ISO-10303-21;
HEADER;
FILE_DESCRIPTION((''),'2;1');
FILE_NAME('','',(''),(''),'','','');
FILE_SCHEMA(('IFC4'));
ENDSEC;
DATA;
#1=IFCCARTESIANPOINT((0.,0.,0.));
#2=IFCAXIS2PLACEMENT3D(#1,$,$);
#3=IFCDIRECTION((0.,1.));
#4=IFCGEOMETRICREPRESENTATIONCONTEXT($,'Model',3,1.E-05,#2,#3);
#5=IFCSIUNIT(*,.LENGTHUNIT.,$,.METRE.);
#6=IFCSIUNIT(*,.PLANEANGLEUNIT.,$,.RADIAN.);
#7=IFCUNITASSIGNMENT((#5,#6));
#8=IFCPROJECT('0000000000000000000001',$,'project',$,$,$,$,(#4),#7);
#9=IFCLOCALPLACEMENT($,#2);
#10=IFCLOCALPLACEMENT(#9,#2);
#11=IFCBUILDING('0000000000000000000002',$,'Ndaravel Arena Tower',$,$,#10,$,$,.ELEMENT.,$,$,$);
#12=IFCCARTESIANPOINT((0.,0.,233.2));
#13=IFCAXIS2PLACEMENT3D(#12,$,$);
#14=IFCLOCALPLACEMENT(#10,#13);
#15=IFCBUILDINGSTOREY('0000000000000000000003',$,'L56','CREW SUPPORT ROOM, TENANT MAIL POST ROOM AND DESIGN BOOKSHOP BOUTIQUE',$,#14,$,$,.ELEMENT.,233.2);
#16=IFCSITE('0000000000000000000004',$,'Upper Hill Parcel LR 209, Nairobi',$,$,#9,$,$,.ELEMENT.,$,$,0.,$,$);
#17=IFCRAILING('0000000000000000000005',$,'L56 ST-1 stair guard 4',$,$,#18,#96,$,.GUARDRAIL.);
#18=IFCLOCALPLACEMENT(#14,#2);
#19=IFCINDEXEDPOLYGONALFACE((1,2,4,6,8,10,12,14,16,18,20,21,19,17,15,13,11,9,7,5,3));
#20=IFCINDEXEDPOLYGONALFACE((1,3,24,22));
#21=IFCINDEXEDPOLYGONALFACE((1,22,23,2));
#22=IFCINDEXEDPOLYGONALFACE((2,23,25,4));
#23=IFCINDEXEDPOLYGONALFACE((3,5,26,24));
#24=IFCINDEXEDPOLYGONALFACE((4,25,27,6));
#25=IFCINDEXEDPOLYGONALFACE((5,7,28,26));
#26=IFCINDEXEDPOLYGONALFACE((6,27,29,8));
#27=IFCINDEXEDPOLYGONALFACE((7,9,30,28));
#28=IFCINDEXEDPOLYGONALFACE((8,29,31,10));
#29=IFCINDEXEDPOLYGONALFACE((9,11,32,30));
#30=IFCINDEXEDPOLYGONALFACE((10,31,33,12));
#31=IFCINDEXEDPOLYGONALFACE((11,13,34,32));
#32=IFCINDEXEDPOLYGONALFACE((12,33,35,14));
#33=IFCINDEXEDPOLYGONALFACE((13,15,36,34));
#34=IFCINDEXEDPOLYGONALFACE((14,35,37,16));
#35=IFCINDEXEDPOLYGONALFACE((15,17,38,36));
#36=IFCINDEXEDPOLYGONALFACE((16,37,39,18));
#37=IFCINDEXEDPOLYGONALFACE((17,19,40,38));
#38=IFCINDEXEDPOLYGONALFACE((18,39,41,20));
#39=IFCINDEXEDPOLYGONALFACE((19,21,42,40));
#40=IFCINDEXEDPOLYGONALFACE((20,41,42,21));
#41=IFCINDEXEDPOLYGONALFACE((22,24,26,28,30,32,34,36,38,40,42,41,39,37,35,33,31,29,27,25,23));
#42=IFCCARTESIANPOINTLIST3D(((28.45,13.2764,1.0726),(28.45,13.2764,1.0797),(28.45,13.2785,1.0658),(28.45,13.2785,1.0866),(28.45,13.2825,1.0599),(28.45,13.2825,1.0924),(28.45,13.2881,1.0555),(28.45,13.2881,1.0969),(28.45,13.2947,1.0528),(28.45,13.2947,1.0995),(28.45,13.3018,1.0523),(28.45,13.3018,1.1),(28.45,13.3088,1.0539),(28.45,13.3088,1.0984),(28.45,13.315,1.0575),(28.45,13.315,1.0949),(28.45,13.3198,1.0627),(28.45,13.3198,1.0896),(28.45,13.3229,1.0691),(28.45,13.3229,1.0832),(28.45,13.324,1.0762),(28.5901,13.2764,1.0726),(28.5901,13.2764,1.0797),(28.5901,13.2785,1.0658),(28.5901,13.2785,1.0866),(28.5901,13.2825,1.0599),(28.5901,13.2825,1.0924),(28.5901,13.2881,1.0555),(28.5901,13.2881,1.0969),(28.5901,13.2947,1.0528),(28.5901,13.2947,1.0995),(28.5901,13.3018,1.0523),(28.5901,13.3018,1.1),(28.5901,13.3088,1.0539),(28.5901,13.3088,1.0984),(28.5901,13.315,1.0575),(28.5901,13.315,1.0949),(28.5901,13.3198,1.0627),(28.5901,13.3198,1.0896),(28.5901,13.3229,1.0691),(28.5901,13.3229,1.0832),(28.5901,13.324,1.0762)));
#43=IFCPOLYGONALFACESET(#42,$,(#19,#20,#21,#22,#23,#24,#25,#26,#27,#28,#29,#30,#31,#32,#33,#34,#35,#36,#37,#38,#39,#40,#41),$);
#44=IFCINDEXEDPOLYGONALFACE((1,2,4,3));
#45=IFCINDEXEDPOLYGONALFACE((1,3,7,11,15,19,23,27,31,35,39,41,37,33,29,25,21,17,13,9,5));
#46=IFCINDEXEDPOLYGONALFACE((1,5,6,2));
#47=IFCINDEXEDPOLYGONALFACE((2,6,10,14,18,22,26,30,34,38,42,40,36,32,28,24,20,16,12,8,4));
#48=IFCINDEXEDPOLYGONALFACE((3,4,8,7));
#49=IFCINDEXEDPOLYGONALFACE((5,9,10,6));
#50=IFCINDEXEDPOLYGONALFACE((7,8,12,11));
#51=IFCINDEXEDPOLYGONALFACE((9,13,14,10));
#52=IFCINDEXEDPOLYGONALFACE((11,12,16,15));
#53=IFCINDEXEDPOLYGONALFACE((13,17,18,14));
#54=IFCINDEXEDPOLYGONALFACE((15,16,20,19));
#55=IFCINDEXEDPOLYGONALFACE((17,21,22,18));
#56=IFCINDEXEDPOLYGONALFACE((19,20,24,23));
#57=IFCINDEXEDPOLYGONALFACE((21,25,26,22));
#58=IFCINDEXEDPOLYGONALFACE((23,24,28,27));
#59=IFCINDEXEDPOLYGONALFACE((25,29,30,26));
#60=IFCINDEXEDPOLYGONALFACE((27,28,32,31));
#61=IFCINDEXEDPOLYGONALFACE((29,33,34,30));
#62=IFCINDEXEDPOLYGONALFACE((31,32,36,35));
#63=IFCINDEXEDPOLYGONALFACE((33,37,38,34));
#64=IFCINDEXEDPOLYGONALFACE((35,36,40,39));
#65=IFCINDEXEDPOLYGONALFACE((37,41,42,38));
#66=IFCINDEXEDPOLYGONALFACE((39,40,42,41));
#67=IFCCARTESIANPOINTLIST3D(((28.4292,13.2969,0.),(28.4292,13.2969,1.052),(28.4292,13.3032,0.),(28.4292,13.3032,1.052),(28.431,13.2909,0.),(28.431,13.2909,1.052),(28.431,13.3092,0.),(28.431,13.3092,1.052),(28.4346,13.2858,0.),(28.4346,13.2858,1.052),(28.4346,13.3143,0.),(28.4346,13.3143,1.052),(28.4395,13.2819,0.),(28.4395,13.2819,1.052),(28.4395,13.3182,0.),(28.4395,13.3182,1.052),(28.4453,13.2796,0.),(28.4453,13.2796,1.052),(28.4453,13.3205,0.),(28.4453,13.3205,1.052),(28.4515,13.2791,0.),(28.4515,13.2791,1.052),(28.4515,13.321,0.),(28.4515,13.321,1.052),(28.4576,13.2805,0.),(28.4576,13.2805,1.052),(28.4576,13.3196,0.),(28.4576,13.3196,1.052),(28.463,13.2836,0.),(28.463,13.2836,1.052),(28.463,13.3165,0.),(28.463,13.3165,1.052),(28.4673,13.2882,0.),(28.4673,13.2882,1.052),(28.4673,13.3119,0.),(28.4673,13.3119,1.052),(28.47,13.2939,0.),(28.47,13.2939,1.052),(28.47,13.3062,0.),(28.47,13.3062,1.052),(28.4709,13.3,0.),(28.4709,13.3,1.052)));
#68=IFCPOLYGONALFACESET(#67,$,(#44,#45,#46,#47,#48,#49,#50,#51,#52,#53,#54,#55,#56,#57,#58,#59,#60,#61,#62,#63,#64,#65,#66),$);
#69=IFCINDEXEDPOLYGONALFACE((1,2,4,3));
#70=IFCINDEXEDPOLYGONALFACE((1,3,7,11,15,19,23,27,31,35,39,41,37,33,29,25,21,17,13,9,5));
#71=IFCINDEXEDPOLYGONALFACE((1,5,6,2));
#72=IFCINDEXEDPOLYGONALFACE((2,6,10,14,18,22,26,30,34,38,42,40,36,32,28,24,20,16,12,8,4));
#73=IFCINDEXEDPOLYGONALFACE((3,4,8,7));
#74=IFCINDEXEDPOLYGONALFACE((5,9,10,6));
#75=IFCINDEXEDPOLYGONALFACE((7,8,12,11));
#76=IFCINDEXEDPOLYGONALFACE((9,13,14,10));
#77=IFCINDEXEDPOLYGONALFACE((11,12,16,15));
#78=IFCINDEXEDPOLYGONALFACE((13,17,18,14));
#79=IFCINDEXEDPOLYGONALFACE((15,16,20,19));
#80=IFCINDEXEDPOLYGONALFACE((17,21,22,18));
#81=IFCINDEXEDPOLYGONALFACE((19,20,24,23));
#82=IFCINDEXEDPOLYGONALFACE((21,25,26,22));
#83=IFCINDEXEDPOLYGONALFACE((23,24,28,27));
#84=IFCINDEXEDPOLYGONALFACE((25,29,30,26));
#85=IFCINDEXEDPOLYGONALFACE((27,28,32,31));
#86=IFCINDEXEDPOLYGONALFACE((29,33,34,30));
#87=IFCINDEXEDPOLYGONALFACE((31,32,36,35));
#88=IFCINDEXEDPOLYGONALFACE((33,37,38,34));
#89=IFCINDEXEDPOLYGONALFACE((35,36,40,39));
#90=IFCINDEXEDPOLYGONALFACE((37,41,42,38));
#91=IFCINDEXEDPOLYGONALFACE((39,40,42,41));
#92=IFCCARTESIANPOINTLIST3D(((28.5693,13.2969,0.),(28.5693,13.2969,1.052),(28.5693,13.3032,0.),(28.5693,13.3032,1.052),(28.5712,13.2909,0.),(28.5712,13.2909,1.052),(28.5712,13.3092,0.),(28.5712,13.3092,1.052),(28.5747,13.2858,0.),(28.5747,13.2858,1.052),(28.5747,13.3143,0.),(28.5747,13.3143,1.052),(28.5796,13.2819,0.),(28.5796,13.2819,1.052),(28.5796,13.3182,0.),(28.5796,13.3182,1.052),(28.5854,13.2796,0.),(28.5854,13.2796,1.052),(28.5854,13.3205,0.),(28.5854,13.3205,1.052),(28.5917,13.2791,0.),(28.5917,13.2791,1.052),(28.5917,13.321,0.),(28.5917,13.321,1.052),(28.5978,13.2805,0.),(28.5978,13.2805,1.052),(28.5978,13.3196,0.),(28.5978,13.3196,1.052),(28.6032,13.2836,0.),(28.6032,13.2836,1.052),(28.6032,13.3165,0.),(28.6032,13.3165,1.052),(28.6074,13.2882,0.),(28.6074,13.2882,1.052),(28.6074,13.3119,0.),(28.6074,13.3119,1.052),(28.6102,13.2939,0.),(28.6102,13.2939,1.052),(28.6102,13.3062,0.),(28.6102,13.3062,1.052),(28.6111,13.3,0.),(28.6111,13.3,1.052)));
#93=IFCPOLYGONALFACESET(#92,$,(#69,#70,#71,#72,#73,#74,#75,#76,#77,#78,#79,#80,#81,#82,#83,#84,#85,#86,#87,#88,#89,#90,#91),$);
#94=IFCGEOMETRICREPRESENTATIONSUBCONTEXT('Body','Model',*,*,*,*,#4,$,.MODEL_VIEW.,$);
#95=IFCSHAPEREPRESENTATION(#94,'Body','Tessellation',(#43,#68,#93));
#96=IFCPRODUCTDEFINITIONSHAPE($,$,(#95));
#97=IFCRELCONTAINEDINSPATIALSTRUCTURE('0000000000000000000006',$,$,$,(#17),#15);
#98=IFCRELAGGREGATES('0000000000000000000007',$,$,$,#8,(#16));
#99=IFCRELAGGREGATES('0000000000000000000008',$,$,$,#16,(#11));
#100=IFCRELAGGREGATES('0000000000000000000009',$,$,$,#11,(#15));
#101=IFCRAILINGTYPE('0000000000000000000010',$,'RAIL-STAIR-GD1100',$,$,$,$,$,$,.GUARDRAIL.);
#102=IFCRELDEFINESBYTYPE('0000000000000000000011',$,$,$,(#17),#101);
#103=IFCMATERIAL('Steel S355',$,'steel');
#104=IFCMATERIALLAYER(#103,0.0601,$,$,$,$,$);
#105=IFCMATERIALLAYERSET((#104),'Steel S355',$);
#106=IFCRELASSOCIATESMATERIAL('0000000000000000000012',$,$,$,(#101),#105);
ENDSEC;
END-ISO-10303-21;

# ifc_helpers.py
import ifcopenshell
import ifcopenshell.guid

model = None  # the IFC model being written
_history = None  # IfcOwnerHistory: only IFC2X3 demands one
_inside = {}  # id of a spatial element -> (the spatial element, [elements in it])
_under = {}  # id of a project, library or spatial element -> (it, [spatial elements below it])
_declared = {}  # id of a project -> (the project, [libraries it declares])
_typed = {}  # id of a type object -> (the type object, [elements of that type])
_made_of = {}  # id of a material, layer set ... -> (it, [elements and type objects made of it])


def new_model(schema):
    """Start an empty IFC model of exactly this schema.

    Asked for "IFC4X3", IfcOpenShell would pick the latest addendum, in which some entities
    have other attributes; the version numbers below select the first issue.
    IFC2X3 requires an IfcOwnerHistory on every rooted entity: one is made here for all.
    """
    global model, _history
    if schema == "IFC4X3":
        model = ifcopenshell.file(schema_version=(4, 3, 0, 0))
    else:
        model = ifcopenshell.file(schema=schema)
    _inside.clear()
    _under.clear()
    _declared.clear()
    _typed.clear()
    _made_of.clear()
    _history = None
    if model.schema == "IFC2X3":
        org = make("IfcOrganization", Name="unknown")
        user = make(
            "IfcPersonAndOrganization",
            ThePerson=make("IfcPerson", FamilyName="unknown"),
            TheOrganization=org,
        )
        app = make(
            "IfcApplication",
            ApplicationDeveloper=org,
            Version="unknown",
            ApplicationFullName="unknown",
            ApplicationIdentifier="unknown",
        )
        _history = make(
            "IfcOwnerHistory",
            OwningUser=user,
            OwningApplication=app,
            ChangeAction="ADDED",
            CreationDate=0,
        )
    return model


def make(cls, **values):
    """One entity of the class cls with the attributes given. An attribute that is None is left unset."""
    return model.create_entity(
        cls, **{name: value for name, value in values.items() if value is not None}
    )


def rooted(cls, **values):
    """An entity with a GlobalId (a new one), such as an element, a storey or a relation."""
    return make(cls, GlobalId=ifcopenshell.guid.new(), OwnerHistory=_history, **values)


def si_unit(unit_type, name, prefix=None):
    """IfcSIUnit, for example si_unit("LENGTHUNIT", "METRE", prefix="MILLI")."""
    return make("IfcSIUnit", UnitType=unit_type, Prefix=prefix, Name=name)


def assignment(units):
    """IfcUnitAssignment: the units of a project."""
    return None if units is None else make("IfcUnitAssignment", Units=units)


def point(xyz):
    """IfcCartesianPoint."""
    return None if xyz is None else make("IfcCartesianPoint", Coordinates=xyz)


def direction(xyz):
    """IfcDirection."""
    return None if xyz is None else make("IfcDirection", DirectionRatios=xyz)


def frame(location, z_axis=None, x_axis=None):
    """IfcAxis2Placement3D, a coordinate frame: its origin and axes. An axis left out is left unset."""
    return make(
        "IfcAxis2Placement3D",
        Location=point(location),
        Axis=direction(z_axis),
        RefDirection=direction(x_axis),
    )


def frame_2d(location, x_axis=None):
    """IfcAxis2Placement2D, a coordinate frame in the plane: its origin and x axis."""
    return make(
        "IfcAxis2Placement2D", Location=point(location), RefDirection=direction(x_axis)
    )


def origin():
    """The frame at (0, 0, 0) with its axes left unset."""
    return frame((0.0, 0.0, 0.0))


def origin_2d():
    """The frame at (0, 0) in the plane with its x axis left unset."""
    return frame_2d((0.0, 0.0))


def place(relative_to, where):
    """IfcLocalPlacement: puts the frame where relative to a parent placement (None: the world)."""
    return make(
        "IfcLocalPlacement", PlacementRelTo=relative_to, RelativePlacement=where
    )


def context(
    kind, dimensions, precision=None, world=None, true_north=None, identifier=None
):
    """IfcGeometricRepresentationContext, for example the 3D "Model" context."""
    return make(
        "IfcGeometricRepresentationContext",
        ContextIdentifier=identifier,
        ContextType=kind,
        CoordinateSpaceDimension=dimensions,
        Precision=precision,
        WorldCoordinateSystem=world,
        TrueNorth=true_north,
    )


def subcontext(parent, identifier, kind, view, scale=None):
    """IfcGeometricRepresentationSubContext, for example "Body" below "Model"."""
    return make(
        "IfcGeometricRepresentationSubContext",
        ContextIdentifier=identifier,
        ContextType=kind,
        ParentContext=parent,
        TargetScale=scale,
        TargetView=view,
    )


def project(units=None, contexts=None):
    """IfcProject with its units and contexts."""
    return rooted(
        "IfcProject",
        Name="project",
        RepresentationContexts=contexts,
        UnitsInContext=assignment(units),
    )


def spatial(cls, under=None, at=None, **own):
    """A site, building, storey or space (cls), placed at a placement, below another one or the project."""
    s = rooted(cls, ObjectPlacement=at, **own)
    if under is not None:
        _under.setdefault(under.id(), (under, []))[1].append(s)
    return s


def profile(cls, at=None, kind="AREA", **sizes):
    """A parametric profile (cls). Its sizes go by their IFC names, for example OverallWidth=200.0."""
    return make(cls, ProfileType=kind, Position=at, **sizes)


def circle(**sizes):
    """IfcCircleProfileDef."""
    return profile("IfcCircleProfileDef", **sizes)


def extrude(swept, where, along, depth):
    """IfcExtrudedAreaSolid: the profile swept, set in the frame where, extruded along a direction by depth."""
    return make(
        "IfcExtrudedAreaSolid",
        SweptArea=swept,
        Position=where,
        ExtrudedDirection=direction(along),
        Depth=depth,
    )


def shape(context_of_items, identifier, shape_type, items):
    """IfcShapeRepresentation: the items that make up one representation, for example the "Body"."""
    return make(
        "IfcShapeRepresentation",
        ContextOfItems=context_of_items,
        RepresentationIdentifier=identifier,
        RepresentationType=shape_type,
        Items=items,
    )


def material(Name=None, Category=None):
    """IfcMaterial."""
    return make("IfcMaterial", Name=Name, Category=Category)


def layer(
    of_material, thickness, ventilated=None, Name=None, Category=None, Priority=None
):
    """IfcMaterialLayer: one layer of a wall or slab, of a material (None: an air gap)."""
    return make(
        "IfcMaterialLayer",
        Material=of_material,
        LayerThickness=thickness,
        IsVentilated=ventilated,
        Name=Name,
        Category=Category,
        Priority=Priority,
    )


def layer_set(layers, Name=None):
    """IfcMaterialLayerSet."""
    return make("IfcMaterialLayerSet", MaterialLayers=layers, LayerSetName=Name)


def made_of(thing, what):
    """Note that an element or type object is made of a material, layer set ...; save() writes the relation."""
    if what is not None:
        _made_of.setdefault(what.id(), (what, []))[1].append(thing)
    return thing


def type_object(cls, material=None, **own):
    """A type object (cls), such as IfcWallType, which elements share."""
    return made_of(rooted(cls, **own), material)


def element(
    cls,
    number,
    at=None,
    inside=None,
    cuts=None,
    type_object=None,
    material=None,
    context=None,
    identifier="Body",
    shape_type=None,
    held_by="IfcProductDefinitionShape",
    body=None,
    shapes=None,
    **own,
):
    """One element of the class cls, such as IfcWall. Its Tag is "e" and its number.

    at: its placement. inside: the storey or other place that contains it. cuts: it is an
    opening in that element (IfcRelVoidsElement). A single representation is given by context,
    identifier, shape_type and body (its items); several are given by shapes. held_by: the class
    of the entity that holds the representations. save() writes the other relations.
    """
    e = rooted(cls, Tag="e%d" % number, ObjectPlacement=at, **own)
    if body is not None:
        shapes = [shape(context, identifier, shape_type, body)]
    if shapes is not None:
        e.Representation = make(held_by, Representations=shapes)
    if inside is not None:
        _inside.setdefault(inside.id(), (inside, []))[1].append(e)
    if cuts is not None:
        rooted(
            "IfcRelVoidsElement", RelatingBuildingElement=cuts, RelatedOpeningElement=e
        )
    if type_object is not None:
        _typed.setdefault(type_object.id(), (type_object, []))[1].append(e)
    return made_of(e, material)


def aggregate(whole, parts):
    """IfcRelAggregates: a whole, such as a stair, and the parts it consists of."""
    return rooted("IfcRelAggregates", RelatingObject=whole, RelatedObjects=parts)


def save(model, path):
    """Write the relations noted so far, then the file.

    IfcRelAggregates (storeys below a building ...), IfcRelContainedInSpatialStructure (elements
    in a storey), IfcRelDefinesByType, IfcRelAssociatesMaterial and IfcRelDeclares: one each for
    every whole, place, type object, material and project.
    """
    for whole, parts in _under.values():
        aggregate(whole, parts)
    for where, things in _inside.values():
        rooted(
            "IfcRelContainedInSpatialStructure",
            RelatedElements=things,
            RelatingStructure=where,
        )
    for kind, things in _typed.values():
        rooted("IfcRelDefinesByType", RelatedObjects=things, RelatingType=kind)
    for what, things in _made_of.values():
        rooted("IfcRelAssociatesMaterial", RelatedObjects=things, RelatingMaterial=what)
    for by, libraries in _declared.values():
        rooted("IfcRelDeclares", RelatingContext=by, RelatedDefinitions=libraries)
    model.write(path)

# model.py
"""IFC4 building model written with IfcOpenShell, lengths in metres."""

from ifc_helpers import new_model, si_unit, direction, frame, origin, origin_2d, place, context, subcontext, project, spatial, circle, extrude, material, layer, layer_set, type_object, element, save


model = new_model("IFC4")

# Units and contexts
model_context = context("Model", 3, precision=1e-05, world=origin(), true_north=direction((0.0, 1.0)))
body_context = subcontext(model_context, "Body", "Model", "MODEL_VIEW")
ifc_project = project(units=[si_unit("LENGTHUNIT", "METRE"), si_unit("PLANEANGLEUNIT", "RADIAN")], contexts=[model_context])

# Site, building, storey
site_placement = place(None, origin())
site = spatial("IfcSite", under=ifc_project, at=site_placement, Name="Upper Hill Parcel LR 209, Nairobi", CompositionType="ELEMENT", RefElevation=0.0)
building_placement = place(site_placement, origin())
building = spatial("IfcBuilding", under=site, at=building_placement, Name="Ndaravel Arena Tower", CompositionType="ELEMENT")
storey_placement = place(building_placement, frame((0.0, 0.0, 233.2)))
storey = spatial("IfcBuildingStorey", under=building, at=storey_placement, Name="L56", Description="CREW SUPPORT ROOM, TENANT MAIL POST ROOM AND DESIGN BOOKSHOP BOUTIQUE", CompositionType="ELEMENT", Elevation=233.2)

# Railing
ifc_material_1 = material(Name="Steel S355", Category="steel")
ifc_layer_1 = layer(ifc_material_1, 0.0601)
ifc_layer_set_1 = layer_set([ifc_layer_1], Name="Steel S355")
railing_type_1 = type_object("IfcRailingType", Name="RAIL-STAIR-GD1100", PredefinedType="GUARDRAIL", material=ifc_layer_set_1)
railing_1_placement = place(storey_placement, frame((28.45, 13.3, 0.0)))
element("IfcRailing", 1, at=railing_1_placement, inside=storey, type_object=railing_type_1, Name="L56 ST-1 stair guard 4", PredefinedType="GUARDRAIL", context=body_context, shape_type="SweptSolid", body=[
    extrude(circle(Radius=0.0239, at=origin_2d()), frame((0.0, 0.0, 1.0762), z_axis=(1.0, 0.0, 0.0), x_axis=(0.0, 1.0, 0.0)), (0.0, 0.0, 1.0), 0.1401),
    extrude(circle(Radius=0.021, at=origin_2d()), origin(), (0.0, 0.0, 1.0), 1.052),
    extrude(circle(Radius=0.021, at=origin_2d()), frame((0.1401, 0.0, 0.0)), (0.0, 0.0, 1.0), 1.052),
])

save(model, "model.ifc")
